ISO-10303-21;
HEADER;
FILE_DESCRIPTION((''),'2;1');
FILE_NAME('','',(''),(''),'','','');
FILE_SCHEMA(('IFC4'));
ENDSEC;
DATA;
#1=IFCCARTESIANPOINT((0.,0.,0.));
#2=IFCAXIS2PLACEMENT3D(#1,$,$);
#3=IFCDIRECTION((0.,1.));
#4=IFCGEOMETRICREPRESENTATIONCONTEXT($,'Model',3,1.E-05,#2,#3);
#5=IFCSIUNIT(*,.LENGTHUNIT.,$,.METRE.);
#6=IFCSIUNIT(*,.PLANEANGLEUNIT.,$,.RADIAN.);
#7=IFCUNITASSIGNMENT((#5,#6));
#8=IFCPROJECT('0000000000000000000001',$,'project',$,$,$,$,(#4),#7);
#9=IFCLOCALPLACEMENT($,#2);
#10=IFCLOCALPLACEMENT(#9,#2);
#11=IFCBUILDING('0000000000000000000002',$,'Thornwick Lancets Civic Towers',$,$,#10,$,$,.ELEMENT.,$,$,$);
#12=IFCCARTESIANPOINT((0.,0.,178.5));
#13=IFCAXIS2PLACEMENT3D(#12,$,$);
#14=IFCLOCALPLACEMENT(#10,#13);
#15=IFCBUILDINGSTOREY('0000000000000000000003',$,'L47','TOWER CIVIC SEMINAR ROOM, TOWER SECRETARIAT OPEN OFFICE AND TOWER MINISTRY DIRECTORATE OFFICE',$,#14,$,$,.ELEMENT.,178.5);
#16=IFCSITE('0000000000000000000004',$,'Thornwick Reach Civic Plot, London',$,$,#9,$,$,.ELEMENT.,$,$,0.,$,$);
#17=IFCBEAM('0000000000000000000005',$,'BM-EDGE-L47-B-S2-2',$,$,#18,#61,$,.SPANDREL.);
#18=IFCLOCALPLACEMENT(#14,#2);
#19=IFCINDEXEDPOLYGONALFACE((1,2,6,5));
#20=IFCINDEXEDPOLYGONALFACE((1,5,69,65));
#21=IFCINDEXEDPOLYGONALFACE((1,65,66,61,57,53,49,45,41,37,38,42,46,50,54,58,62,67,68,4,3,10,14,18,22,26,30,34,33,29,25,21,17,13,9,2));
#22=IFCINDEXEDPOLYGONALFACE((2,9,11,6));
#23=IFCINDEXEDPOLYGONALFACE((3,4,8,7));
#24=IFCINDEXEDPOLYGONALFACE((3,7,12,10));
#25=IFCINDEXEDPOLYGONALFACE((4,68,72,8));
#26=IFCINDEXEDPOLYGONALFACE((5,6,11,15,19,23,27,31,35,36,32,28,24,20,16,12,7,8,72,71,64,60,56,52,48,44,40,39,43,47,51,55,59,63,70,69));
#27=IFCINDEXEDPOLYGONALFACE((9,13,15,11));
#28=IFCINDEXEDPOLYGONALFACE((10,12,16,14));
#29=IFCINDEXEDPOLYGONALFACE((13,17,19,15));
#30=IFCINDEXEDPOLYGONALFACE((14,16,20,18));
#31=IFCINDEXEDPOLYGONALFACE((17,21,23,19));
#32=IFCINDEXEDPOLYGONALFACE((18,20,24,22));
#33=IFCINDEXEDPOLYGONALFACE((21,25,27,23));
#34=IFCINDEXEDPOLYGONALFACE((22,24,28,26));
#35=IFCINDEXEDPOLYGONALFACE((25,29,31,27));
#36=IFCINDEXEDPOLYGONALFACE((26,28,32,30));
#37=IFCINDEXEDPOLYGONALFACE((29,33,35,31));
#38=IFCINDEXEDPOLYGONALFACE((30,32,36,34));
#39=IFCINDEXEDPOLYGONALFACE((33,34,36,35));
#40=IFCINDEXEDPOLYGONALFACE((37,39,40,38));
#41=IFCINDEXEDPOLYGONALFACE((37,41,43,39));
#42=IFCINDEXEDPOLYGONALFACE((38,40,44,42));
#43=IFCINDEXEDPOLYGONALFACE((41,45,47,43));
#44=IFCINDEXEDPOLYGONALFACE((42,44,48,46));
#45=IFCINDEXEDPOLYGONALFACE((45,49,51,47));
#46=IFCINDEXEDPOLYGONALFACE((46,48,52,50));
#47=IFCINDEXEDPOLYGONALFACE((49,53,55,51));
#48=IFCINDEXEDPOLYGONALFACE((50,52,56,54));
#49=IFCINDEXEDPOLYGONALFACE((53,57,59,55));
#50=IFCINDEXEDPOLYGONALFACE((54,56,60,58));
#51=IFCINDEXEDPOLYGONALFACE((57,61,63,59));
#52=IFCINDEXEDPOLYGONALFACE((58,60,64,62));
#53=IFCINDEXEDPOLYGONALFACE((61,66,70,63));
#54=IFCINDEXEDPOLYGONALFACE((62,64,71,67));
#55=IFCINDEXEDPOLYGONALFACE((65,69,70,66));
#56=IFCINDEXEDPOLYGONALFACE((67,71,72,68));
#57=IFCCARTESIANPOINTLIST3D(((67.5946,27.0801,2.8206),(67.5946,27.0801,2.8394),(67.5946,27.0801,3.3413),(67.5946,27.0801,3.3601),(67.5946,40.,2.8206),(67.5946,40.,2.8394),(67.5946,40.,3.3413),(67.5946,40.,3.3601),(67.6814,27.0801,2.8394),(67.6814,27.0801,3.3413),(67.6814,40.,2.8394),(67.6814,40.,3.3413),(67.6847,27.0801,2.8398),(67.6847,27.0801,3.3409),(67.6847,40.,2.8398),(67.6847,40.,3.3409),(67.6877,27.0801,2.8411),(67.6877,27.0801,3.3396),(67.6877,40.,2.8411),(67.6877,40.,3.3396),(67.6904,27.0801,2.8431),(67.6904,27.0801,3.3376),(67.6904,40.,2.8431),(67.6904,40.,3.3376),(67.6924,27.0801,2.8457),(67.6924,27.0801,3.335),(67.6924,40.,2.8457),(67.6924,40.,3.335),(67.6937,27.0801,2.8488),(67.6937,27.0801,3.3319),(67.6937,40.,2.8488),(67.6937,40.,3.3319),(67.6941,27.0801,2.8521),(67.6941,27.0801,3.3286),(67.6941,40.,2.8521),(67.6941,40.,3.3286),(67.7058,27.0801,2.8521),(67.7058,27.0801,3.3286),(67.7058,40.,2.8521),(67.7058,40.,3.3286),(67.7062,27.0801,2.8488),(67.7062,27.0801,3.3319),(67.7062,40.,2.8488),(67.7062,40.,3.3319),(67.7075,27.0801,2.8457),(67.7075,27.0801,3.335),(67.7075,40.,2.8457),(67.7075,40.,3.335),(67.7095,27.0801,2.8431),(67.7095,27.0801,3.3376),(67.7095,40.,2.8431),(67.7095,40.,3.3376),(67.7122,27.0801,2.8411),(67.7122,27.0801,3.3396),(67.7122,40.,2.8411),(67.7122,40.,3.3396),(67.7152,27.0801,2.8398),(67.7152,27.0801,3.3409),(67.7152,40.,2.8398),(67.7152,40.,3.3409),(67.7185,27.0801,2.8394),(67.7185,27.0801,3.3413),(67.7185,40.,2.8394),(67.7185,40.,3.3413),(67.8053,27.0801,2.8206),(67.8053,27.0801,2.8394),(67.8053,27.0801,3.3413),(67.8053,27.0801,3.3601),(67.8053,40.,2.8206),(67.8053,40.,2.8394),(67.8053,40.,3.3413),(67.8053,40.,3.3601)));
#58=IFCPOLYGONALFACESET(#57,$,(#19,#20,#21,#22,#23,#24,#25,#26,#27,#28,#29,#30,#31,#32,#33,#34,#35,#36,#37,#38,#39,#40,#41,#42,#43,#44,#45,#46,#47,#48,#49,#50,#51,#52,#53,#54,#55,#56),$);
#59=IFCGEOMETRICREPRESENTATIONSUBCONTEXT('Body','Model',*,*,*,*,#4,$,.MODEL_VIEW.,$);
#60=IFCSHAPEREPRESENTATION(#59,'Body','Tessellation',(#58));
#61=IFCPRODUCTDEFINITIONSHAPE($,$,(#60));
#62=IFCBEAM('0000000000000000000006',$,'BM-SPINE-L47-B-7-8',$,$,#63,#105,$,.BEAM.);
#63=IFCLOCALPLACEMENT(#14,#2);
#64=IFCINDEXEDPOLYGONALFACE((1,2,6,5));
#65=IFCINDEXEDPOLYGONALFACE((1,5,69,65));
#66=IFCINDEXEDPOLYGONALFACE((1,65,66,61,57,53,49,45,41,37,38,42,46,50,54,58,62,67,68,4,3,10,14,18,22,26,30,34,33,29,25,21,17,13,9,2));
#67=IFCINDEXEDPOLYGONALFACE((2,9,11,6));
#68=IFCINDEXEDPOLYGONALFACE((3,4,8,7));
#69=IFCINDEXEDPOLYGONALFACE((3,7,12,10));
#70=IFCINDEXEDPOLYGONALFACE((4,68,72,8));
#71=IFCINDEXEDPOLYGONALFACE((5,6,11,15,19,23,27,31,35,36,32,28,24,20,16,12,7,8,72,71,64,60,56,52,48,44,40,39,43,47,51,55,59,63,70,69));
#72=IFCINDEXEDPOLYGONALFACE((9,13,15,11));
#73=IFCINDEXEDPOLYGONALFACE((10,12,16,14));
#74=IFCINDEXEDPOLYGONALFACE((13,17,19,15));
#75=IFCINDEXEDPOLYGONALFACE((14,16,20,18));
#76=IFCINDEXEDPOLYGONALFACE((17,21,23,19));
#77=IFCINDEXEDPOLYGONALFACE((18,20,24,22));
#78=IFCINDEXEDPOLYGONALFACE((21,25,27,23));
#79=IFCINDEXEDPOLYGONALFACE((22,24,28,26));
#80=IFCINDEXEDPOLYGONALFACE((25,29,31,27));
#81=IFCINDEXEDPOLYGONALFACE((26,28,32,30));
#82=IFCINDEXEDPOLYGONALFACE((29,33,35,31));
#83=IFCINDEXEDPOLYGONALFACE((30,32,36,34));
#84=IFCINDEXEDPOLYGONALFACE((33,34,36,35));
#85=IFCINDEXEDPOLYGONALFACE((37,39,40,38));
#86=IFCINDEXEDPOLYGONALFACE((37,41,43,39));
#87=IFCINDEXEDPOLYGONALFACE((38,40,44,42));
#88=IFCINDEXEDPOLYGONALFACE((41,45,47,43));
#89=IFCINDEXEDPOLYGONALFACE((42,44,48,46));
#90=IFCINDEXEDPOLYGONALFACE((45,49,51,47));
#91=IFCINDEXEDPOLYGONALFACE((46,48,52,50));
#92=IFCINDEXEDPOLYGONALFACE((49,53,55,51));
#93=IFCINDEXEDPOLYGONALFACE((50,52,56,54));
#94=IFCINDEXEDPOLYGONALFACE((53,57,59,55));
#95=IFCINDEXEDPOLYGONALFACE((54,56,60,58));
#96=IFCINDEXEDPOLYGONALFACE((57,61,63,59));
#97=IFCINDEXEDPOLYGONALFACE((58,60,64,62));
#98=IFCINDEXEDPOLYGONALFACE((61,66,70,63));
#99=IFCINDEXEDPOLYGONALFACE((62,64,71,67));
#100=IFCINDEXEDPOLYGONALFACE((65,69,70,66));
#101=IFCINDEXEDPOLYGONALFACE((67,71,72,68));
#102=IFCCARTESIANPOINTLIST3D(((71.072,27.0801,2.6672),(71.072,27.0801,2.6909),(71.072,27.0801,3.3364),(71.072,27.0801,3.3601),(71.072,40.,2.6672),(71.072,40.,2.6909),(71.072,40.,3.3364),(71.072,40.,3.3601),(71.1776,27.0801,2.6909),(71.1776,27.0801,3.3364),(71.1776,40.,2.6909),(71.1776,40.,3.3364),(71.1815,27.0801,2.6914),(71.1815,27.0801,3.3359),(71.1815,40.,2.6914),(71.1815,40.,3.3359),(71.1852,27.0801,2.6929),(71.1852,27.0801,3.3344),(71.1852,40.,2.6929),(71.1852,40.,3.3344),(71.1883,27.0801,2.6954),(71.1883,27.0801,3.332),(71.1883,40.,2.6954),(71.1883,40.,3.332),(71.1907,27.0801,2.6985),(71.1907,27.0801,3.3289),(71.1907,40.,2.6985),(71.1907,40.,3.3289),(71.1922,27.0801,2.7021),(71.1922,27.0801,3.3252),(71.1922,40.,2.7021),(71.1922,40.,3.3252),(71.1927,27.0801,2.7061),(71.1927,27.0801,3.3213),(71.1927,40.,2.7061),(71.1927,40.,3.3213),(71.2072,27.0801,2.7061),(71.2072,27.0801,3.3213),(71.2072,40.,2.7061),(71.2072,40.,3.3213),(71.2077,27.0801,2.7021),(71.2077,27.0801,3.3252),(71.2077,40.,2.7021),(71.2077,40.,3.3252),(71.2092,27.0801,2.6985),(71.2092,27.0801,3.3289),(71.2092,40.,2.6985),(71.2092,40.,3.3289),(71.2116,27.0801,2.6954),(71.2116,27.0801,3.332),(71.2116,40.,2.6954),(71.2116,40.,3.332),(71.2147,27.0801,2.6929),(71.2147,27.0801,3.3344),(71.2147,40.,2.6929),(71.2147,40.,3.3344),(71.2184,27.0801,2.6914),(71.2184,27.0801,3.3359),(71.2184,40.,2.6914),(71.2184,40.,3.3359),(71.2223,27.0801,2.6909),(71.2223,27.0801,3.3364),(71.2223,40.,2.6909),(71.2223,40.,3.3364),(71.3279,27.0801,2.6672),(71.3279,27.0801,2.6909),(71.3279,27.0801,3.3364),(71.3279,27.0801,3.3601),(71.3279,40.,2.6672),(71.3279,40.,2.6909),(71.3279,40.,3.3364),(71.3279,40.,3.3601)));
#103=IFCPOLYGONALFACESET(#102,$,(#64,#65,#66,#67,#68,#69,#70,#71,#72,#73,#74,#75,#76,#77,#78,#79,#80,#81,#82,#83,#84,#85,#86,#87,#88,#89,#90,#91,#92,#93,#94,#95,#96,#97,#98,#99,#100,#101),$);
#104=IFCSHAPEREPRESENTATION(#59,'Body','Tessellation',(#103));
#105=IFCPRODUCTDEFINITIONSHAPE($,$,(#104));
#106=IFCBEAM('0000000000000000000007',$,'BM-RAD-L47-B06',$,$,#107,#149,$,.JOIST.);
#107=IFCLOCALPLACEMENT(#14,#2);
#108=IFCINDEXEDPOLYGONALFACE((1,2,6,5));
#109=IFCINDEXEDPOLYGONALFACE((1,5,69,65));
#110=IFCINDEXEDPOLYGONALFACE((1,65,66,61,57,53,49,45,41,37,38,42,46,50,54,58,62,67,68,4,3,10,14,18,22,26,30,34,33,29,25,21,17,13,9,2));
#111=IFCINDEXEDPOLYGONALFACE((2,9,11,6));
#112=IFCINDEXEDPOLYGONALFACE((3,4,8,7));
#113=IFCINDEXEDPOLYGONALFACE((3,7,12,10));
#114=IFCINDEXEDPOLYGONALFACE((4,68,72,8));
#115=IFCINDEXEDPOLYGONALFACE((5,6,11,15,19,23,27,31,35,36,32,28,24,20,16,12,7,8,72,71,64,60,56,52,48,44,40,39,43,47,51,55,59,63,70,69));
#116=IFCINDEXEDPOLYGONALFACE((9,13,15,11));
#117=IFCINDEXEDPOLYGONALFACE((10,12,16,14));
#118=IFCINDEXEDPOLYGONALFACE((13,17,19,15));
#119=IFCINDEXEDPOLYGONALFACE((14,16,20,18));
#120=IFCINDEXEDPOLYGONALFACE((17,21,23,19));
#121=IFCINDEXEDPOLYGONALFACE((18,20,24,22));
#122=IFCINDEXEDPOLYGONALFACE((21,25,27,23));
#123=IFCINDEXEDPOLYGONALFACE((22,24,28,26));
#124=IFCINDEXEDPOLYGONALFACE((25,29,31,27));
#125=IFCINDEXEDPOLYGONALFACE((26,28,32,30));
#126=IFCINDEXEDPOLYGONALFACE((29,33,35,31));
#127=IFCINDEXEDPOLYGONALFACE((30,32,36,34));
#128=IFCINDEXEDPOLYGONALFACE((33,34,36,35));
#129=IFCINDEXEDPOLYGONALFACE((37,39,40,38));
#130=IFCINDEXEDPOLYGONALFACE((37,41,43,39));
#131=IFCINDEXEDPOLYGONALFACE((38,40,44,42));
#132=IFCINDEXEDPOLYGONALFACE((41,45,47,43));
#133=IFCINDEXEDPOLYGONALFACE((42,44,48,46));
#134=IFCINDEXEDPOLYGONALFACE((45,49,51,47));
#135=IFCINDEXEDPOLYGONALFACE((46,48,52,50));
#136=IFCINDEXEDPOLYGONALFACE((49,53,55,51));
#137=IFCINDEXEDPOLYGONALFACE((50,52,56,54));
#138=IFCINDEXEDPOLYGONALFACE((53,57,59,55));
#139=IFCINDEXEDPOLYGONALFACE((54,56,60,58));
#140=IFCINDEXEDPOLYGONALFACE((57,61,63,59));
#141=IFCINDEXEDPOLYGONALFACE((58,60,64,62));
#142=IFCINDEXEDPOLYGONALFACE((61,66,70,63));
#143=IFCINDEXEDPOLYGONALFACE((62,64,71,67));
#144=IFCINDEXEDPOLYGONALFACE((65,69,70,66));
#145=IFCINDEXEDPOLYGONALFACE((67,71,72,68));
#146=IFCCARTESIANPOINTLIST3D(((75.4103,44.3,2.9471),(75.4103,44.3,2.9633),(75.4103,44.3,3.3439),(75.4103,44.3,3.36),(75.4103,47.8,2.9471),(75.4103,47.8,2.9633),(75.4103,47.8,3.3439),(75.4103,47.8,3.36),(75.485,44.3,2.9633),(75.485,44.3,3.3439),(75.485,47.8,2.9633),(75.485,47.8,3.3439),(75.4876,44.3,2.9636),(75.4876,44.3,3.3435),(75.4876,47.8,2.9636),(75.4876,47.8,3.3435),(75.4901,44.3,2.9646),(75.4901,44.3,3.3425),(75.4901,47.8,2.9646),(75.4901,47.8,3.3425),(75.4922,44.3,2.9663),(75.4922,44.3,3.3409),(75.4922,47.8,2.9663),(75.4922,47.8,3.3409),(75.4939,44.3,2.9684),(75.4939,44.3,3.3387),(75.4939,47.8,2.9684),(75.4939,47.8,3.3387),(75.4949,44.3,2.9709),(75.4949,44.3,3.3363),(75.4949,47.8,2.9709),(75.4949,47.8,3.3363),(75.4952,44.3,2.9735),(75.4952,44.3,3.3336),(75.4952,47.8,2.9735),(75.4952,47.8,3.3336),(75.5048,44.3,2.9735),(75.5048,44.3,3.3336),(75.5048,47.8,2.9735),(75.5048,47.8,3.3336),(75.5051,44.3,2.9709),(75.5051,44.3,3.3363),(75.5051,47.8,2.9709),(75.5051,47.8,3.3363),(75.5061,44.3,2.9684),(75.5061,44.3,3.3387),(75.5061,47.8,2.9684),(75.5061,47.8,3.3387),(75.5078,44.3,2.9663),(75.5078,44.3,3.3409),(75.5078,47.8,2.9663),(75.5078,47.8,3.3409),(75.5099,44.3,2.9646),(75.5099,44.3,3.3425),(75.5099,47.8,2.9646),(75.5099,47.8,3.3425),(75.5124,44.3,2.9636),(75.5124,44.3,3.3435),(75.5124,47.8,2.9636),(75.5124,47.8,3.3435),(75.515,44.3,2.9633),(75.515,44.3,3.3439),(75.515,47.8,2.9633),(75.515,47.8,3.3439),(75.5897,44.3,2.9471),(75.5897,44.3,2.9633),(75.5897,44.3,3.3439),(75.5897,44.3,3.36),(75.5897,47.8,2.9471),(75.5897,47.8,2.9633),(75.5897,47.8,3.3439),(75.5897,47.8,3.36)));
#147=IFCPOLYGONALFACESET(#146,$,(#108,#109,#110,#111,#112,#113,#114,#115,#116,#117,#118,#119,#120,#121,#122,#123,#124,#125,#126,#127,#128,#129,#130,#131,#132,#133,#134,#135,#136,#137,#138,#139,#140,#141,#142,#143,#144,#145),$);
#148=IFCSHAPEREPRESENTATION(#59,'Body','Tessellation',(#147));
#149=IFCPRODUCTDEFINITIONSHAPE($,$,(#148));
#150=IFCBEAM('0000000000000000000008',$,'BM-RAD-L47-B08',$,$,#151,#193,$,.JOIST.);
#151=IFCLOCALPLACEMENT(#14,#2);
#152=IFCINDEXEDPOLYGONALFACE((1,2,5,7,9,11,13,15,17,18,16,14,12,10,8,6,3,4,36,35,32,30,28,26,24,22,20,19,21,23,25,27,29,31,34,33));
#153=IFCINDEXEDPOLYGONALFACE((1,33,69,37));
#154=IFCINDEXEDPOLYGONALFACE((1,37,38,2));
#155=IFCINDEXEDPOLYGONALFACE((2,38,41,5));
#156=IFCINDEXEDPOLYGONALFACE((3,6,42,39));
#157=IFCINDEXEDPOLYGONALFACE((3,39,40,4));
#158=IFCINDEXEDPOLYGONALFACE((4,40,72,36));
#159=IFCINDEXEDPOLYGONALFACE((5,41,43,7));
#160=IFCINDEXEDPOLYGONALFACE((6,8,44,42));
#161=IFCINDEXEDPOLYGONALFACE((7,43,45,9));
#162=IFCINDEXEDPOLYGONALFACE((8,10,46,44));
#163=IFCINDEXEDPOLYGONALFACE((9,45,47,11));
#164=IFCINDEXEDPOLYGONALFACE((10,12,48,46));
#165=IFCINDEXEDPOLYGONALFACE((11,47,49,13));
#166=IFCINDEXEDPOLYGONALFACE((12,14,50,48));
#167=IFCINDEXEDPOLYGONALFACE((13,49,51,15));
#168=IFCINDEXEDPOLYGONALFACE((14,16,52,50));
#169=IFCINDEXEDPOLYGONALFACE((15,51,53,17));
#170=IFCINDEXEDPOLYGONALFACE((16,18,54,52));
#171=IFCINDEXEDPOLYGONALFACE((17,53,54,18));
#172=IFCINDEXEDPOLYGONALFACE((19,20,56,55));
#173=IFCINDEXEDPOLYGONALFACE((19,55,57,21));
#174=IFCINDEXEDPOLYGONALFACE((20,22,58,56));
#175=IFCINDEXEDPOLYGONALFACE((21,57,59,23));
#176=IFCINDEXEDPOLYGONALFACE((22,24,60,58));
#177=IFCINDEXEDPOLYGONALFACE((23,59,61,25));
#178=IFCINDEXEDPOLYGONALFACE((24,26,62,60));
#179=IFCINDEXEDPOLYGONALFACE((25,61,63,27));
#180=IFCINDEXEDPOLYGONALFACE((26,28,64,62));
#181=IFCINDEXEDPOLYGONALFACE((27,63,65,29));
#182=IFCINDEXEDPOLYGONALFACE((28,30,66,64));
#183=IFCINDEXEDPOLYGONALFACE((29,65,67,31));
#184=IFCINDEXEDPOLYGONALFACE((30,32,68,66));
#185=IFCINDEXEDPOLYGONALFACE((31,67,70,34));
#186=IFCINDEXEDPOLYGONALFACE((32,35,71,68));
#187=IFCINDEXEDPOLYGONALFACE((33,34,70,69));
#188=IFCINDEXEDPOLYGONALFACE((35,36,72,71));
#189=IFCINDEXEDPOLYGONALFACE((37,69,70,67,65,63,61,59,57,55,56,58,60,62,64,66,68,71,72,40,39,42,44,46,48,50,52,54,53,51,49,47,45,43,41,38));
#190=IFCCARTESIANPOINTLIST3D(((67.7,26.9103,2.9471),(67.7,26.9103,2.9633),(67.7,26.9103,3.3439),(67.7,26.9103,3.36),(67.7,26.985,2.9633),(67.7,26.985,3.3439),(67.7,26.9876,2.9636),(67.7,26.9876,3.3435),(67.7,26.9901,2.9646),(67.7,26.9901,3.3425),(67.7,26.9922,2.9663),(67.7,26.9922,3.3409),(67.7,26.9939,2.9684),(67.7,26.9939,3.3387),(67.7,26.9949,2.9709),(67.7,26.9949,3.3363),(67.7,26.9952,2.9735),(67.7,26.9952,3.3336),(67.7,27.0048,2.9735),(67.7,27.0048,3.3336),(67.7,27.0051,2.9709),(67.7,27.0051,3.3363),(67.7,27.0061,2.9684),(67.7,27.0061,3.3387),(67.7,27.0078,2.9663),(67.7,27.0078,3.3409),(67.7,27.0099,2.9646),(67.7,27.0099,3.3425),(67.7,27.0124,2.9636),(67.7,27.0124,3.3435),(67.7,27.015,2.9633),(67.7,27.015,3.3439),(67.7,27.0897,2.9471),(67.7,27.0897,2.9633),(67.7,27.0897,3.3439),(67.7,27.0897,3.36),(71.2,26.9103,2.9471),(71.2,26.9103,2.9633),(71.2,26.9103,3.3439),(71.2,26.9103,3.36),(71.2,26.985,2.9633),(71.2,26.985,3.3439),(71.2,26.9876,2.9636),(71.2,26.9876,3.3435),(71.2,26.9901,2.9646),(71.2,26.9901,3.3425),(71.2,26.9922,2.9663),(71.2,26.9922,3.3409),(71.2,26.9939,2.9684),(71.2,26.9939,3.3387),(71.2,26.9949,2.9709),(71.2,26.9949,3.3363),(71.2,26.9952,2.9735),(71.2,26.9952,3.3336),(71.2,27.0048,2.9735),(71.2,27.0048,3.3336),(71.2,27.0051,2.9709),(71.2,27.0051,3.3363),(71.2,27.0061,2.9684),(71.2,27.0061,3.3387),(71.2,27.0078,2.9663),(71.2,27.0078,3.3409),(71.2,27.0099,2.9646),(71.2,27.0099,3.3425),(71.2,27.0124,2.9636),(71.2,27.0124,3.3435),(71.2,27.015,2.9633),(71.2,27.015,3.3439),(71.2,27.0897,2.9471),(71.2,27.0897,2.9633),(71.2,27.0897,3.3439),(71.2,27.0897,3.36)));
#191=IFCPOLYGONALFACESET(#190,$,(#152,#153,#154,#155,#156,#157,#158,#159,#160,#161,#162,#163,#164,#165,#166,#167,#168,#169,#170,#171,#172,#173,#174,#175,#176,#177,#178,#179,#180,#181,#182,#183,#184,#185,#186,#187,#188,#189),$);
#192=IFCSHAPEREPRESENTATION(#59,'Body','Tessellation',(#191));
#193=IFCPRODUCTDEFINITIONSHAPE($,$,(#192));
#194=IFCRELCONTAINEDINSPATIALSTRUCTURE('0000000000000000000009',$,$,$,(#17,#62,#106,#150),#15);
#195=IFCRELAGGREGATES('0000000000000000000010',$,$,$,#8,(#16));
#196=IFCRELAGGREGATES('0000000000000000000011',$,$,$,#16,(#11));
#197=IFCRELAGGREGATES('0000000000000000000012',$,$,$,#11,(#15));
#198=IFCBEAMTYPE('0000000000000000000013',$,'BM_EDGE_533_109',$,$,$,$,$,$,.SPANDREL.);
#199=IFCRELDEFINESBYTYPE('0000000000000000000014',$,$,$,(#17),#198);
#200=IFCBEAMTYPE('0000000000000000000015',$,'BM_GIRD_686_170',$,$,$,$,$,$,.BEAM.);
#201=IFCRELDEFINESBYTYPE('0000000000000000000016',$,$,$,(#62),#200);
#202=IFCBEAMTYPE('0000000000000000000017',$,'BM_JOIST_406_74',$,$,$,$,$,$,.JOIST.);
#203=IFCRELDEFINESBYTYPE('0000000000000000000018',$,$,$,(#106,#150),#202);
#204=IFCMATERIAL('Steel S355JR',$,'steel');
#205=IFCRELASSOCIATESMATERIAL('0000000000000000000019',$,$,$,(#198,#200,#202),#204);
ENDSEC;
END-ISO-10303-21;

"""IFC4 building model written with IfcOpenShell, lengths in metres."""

from ifc_helpers import new_model, si_unit, direction, frame, origin, origin_2d, place, context, subcontext, project, spatial, i_section, extrude, material, material_profile, profile_set, type_object, element, save


model = new_model("IFC4")

# Units and contexts
model_context = context("Model", 3, precision=1e-05, world=origin(), true_north=direction((0.0, 1.0)))
body_context = subcontext(model_context, "Body", "Model", "MODEL_VIEW")
ifc_project = project(units=[si_unit("LENGTHUNIT", "METRE"), si_unit("PLANEANGLEUNIT", "RADIAN")], contexts=[model_context])

# Site, building, storey
site_placement = place(None, origin())
site = spatial("IfcSite", under=ifc_project, at=site_placement, Name="Thornwick Reach Civic Plot, London", CompositionType="ELEMENT", RefElevation=0.0)
building_placement = place(site_placement, origin())
building = spatial("IfcBuilding", under=site, at=building_placement, Name="Thornwick Lancets Civic Towers", CompositionType="ELEMENT")
storey_placement = place(building_placement, frame((0.0, 0.0, 178.5)))
storey = spatial("IfcBuildingStorey", under=building, at=storey_placement, Name="L47", Description="TOWER CIVIC SEMINAR ROOM, TOWER SECRETARIAT OPEN OFFICE AND TOWER MINISTRY DIRECTORATE OFFICE", CompositionType="ELEMENT", Elevation=178.5)

# Beams
ifc_material_1 = material(Name="Steel S355JR", Category="steel")
ifc_material_profile_1 = material_profile(ifc_material_1, i_section(OverallWidth=0.2107, OverallDepth=0.5396, WebThickness=0.0117, FlangeThickness=0.0188, FilletRadius=0.0127, at=origin_2d()), Name="UKB 533x210x109")
ifc_profile_set_1 = profile_set([ifc_material_profile_1], Name="Steel S355JR")
beam_type_1 = type_object("IfcBeamType", Name="BM_EDGE_533_109", PredefinedType="SPANDREL", material=ifc_profile_set_1)
beam_1_placement = place(storey_placement, frame((67.7, 27.0801, 3.0903), z_axis=(0.0, 1.0, 0.0), x_axis=(-1.0, 0.0, 0.0)))
element("IfcBeam", 1, at=beam_1_placement, inside=storey, type_object=beam_type_1, Name="BM-EDGE-L47-B-S2-2", PredefinedType="SPANDREL", context=body_context, shape_type="SweptSolid", body=[
    extrude(i_section(OverallWidth=0.2107, OverallDepth=0.5396, WebThickness=0.0117, FlangeThickness=0.0188, FilletRadius=0.0127, at=origin_2d()), origin(), (0.0, 0.0, 1.0), 12.9199),
])
ifc_material_profile_2 = material_profile(ifc_material_1, i_section(OverallWidth=0.2559, OverallDepth=0.6929, WebThickness=0.0144, FlangeThickness=0.0237, FilletRadius=0.0151, at=origin_2d()), Name="UKB 686x254x170")
ifc_profile_set_2 = profile_set([ifc_material_profile_2], Name="Steel S355JR")
beam_type_2 = type_object("IfcBeamType", Name="BM_GIRD_686_170", PredefinedType="BEAM", material=ifc_profile_set_2)
beam_2_placement = place(storey_placement, frame((71.2, 27.0801, 3.0137), z_axis=(0.0, 1.0, 0.0), x_axis=(-1.0, 0.0, 0.0)))
element("IfcBeam", 2, at=beam_2_placement, inside=storey, type_object=beam_type_2, Name="BM-SPINE-L47-B-7-8", PredefinedType="BEAM", context=body_context, shape_type="SweptSolid", body=[
    extrude(i_section(OverallWidth=0.2559, OverallDepth=0.6929, WebThickness=0.0144, FlangeThickness=0.0237, FilletRadius=0.0151, at=origin_2d()), origin(), (0.0, 0.0, 1.0), 12.9199),
])
ifc_material_profile_3 = material_profile(ifc_material_1, i_section(OverallWidth=0.1794, OverallDepth=0.4128, WebThickness=0.0095, FlangeThickness=0.0161, FilletRadius=0.0103, at=origin_2d()), Name="UKB 406x178x74")
ifc_profile_set_3 = profile_set([ifc_material_profile_3], Name="Steel S355JR")
beam_type_3 = type_object("IfcBeamType", Name="BM_JOIST_406_74", PredefinedType="JOIST", material=ifc_profile_set_3)
for number, where, z_axis, x_axis, name in (
    (3, (75.5, 44.3, 3.1536), (0.0, 1.0, 0.0), (-1.0, 0.0, 0.0), "BM-RAD-L47-B06"),
    (4, (71.2, 27.0, 3.1536), (-1.0, 0.0, 0.0), (0.0, -1.0, 0.0), "BM-RAD-L47-B08"),
):
    element("IfcBeam", number, at=place(storey_placement, frame(where, z_axis=z_axis, x_axis=x_axis)), inside=storey, type_object=beam_type_3, Name=name, PredefinedType="JOIST", context=body_context, shape_type="SweptSolid", body=[
        extrude(i_section(OverallWidth=0.1794, OverallDepth=0.4128, WebThickness=0.0095, FlangeThickness=0.0161, FilletRadius=0.0103, at=origin_2d()), origin(), (0.0, 0.0, 1.0), 3.5),
    ])

save(model, "model.ifc")
